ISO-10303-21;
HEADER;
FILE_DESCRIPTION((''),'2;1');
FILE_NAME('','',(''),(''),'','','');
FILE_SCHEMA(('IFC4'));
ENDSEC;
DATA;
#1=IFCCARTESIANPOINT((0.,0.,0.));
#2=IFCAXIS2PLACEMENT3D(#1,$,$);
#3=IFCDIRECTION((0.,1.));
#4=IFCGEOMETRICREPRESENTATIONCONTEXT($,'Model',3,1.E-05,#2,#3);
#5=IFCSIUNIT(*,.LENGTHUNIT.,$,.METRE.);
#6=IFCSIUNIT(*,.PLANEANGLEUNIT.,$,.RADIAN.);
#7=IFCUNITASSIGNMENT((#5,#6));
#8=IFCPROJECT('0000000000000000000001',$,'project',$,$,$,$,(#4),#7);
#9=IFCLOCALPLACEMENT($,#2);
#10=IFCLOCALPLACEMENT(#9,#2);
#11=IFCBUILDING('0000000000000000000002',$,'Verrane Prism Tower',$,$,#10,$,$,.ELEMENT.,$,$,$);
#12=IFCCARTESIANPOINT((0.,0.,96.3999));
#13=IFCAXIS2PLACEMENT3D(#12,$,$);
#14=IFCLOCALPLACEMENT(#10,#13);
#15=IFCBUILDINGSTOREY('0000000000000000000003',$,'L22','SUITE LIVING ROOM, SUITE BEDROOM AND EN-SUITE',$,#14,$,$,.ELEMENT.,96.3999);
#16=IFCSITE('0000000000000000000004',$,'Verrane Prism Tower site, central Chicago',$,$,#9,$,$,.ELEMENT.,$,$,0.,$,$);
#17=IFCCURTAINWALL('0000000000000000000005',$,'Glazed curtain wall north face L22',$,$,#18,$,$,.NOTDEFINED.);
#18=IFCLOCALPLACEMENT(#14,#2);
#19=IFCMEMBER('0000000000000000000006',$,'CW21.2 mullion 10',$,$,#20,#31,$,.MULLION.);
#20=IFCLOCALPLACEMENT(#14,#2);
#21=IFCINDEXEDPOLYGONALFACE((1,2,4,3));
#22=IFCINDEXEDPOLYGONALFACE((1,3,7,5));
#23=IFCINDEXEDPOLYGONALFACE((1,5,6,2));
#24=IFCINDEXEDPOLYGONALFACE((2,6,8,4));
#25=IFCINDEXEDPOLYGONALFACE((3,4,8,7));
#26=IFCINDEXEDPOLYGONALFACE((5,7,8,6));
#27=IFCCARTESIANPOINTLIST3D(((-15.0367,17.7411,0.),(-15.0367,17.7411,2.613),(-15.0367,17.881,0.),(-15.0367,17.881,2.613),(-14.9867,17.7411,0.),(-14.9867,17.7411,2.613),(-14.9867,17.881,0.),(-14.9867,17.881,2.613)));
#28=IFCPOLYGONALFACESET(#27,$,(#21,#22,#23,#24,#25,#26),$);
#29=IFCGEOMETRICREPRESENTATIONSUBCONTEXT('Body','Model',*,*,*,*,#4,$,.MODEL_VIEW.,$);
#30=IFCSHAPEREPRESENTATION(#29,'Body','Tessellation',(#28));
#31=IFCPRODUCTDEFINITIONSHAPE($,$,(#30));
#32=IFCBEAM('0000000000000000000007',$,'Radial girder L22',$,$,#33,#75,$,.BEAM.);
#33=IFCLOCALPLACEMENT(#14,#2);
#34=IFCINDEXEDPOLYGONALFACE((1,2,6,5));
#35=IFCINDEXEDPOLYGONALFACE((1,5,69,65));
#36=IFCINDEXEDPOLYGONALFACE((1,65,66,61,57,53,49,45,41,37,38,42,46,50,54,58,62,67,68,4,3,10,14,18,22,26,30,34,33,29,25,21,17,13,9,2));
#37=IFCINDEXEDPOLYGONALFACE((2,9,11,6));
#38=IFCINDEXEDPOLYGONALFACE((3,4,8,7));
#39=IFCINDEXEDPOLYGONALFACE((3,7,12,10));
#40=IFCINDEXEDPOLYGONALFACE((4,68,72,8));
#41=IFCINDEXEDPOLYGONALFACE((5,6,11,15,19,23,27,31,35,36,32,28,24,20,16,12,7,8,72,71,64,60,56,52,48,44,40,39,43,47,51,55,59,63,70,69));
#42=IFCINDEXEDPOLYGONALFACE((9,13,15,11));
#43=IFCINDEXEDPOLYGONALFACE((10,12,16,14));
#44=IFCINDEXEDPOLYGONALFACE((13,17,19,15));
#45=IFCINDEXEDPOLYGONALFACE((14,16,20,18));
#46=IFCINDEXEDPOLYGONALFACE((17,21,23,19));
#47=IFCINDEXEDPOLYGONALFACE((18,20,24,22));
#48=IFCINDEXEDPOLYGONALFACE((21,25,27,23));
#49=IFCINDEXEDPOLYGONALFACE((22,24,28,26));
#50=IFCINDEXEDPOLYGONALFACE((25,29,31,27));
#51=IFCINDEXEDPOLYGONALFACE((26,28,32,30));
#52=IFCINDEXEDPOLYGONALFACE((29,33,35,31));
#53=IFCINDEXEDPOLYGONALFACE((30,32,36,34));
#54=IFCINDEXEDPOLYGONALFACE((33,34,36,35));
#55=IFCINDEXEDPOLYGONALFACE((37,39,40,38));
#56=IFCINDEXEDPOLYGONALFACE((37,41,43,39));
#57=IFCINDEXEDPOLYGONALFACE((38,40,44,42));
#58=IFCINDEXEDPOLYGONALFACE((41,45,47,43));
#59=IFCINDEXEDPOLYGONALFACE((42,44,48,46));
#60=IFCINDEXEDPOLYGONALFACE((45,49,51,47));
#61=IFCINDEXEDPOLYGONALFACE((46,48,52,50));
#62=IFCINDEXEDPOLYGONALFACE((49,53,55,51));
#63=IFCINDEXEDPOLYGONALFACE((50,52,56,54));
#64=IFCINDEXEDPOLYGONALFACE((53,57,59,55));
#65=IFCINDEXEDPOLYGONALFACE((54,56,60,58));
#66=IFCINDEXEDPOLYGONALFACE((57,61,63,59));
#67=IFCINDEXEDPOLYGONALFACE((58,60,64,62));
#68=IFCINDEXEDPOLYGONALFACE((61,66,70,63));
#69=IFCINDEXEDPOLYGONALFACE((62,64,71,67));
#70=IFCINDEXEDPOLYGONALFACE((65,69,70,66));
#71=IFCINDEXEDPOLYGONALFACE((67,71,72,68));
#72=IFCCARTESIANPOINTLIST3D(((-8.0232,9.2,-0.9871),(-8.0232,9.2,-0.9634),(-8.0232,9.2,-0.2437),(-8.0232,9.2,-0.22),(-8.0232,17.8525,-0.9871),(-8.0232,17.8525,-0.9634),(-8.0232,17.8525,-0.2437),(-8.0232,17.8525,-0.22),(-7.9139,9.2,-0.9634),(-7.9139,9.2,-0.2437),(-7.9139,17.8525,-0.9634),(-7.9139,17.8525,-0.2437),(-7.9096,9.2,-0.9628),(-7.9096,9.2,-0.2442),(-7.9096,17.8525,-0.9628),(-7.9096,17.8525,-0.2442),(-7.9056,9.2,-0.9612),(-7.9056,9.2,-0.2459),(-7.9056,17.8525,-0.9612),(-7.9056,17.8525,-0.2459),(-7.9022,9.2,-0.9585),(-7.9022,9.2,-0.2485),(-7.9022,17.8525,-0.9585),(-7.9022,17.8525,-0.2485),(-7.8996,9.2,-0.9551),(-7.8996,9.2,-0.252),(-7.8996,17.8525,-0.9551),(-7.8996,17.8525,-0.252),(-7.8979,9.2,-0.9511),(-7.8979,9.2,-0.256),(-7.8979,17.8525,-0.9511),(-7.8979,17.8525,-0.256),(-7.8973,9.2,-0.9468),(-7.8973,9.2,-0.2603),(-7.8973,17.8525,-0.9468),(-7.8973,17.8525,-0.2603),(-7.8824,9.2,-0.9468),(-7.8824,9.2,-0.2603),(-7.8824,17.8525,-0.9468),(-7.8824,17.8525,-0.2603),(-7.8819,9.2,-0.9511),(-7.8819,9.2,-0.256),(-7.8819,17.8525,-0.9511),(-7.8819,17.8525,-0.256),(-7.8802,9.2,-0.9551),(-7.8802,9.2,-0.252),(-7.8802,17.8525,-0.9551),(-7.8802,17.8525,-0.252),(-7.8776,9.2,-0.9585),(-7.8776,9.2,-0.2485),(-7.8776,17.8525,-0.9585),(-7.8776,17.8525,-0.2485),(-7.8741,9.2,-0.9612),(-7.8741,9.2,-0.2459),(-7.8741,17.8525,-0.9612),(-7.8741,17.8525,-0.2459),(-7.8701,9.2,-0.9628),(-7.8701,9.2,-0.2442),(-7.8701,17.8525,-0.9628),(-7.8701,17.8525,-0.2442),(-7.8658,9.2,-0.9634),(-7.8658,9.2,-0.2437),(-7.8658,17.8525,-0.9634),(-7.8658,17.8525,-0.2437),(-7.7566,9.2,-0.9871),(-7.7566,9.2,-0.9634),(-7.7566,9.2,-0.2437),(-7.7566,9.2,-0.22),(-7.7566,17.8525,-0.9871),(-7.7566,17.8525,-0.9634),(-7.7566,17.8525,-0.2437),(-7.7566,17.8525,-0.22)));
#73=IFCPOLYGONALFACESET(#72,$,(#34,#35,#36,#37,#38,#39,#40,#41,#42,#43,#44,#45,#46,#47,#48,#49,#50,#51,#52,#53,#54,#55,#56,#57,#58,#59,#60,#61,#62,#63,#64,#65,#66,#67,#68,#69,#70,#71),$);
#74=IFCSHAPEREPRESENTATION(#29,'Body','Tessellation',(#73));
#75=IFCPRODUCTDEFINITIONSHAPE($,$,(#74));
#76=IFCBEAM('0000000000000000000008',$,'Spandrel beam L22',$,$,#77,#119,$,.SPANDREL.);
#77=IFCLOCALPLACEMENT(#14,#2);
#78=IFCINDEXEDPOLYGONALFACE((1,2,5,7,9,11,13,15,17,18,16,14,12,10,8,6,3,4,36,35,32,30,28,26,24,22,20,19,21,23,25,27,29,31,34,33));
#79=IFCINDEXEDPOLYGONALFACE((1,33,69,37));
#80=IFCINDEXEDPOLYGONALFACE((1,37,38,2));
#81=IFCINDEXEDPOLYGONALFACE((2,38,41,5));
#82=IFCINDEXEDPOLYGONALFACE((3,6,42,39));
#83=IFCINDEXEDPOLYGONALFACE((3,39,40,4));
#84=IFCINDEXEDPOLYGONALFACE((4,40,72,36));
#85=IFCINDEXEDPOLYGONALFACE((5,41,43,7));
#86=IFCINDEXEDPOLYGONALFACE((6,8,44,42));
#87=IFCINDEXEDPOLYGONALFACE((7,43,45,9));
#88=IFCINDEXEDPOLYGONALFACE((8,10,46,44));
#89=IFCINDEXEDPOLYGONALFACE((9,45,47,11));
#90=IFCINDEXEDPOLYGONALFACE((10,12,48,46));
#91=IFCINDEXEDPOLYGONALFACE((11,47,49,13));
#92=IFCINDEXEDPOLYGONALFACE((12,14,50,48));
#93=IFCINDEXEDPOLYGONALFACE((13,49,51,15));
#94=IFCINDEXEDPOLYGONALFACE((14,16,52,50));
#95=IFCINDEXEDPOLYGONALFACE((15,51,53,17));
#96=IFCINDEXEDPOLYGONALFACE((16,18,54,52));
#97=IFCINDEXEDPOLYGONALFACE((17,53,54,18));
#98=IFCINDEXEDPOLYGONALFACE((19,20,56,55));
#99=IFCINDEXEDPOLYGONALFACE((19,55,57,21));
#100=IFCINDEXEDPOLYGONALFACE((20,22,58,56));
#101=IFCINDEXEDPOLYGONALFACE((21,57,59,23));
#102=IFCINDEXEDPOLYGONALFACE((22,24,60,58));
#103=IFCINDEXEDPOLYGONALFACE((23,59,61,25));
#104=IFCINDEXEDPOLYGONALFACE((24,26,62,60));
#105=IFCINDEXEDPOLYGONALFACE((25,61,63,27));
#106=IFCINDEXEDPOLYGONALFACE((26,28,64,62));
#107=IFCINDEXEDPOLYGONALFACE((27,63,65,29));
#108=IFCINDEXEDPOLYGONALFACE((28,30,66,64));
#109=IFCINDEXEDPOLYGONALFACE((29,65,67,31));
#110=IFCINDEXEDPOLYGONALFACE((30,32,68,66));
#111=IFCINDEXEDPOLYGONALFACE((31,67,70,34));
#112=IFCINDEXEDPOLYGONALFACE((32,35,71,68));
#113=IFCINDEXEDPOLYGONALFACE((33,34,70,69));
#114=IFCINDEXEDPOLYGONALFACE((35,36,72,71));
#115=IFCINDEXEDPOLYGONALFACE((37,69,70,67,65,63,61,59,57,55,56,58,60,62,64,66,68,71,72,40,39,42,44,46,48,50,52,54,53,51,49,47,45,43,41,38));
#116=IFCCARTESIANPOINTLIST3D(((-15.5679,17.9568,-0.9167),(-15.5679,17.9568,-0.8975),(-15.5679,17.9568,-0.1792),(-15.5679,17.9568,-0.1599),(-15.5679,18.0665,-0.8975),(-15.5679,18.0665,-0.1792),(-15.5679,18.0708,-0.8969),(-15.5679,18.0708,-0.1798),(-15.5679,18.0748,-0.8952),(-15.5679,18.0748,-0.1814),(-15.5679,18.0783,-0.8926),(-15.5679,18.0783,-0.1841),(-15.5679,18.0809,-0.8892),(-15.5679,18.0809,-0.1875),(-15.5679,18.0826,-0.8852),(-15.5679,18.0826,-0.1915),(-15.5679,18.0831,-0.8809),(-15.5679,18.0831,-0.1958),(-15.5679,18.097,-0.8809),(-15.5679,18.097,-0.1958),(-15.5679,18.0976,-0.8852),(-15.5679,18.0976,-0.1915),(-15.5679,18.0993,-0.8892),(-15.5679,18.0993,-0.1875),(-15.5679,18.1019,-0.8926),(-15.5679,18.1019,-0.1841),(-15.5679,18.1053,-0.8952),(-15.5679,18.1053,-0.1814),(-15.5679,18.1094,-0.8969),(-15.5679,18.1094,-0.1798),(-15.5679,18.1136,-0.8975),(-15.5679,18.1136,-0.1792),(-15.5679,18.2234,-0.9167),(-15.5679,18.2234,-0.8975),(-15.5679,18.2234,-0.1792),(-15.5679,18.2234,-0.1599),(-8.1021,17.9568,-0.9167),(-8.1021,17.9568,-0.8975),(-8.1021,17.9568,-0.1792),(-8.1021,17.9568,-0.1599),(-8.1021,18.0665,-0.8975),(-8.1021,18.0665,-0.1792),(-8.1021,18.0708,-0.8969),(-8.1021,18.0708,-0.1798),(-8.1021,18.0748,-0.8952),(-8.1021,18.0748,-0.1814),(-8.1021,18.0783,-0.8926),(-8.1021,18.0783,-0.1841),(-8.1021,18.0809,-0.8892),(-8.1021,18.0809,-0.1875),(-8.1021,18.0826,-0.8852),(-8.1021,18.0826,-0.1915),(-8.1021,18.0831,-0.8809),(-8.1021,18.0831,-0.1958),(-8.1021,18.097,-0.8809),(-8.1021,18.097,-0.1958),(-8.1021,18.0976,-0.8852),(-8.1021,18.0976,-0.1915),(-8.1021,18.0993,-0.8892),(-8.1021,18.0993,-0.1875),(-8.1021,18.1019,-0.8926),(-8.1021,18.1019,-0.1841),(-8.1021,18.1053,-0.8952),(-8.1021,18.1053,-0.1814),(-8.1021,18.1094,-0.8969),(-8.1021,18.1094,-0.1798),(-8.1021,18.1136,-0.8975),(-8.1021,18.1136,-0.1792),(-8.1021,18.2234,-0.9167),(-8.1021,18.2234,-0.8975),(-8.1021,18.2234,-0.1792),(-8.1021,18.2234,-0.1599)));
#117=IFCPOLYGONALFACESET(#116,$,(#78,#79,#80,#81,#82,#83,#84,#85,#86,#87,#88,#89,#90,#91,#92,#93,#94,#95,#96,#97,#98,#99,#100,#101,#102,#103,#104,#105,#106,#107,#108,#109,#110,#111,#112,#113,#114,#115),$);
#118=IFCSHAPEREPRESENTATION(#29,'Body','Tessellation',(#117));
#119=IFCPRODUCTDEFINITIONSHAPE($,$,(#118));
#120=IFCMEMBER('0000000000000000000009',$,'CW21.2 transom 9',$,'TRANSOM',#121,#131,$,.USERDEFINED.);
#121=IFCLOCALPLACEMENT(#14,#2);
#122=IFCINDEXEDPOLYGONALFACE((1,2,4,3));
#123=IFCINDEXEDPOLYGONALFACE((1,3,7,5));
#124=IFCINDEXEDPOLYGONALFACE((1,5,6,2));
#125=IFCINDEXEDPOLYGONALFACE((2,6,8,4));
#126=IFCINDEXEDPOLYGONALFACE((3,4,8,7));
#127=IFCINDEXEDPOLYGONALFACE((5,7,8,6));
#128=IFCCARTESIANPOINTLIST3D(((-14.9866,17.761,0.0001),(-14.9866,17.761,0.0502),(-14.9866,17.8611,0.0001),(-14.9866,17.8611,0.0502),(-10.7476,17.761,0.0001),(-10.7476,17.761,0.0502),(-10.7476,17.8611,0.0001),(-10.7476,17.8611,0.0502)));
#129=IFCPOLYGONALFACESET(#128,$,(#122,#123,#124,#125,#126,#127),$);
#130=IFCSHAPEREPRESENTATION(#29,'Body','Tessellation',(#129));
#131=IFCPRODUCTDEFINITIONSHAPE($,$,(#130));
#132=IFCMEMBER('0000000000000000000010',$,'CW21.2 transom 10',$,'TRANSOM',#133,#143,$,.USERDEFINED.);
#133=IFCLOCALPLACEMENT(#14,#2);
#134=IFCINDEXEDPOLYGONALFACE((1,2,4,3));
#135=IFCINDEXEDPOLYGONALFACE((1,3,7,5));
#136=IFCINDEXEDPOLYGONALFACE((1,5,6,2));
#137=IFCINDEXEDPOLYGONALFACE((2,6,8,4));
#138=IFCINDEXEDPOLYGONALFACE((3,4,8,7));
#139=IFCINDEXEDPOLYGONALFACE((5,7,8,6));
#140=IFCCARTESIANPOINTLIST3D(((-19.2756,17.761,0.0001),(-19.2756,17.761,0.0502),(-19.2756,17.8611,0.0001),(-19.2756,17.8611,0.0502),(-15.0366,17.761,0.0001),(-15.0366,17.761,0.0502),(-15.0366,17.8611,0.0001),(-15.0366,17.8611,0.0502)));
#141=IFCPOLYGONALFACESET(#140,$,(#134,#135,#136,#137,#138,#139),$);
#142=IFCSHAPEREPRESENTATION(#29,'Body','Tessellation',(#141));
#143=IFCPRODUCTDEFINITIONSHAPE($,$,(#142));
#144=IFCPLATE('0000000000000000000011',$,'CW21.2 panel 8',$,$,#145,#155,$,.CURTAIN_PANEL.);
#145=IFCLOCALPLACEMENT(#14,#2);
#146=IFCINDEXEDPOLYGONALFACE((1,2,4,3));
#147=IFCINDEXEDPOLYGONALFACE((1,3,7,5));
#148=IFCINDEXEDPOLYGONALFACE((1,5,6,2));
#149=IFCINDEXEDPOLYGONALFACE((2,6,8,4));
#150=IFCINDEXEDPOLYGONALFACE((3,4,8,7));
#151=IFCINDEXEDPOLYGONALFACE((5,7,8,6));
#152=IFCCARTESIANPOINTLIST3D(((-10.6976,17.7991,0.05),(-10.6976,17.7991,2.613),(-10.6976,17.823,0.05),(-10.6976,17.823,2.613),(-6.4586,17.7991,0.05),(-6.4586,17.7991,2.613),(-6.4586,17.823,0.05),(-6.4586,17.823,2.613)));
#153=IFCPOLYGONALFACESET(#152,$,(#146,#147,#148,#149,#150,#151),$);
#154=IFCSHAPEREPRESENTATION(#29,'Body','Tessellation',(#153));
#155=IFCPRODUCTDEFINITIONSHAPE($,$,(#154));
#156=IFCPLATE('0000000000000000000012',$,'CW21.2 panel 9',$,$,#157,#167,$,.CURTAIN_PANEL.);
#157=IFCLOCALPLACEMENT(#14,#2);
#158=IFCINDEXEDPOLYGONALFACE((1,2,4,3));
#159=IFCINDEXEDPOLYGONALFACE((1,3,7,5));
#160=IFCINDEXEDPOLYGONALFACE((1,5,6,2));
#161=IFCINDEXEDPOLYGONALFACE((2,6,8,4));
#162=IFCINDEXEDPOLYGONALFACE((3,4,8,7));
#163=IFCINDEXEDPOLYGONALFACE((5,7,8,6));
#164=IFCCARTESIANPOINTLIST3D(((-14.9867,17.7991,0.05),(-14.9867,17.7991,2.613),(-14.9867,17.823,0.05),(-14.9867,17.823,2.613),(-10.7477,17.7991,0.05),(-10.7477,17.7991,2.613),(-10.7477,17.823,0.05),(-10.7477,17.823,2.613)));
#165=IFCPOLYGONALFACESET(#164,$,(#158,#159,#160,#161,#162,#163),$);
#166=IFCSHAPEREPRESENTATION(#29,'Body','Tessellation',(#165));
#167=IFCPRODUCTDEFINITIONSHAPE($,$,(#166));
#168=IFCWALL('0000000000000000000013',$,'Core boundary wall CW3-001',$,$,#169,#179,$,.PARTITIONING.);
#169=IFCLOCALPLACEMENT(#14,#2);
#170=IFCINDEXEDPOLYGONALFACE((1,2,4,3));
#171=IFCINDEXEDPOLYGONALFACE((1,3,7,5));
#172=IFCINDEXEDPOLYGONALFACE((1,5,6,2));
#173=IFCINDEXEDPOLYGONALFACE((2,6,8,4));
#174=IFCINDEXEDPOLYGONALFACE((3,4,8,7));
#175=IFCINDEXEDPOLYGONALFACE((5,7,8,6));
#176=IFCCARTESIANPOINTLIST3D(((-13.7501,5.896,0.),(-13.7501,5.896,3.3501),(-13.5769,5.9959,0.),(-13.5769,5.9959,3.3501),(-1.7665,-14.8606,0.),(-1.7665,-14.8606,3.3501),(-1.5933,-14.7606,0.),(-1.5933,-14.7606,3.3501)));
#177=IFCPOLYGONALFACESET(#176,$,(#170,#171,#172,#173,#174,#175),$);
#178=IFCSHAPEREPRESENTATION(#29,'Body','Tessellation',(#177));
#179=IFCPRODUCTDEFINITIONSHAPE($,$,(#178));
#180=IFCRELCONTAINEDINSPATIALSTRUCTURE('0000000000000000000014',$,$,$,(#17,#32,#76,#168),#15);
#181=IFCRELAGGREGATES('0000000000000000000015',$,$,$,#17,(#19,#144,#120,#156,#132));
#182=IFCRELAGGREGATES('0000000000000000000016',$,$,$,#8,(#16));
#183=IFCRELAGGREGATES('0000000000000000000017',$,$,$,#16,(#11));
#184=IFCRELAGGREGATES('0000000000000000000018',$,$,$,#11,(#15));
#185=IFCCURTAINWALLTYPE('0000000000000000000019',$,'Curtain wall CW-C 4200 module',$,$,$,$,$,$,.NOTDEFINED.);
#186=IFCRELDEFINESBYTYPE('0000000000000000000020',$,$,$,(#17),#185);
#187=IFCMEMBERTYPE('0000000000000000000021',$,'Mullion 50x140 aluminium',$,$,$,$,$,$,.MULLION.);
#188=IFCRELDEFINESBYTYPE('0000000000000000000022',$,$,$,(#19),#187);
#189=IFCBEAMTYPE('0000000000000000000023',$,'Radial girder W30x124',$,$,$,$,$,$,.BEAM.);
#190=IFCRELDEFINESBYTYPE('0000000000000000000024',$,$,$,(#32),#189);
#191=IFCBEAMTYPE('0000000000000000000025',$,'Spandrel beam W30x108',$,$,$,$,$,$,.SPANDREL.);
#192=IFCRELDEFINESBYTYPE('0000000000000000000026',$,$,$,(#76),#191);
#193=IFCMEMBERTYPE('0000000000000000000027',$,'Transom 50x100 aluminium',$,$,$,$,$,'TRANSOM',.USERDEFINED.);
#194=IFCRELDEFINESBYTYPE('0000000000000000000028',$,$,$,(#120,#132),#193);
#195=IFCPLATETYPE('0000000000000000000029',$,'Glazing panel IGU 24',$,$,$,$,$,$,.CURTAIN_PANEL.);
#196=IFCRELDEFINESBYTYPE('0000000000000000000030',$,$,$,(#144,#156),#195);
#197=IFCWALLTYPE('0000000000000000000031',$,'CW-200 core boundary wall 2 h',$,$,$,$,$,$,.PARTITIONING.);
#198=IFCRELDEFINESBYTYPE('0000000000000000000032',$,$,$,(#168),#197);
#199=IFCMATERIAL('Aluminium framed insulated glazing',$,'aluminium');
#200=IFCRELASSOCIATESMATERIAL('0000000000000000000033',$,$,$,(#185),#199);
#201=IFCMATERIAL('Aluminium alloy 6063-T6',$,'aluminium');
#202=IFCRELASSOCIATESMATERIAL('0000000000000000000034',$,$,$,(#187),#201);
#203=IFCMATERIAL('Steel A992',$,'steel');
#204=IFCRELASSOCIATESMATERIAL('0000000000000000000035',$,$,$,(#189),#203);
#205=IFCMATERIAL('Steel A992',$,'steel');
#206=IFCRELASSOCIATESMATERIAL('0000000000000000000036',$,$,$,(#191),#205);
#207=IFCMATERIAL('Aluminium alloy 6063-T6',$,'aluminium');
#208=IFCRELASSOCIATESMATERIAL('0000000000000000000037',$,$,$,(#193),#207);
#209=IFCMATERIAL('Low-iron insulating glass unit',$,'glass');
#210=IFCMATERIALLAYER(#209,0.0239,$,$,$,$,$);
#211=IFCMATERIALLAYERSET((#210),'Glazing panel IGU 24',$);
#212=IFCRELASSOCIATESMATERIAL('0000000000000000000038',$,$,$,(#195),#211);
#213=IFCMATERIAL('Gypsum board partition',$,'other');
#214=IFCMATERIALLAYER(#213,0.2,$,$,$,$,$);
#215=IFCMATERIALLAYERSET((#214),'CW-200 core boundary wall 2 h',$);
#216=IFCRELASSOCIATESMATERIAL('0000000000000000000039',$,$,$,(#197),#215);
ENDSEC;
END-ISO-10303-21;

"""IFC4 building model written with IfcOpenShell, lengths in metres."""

from ifc_helpers import new_model, si_unit, direction, frame, frame_2d, origin, origin_2d, place, context, subcontext, project, spatial, rectangle, i_section, extrude, material, layer, layer_set, material_profile, profile_set, type_object, element, aggregate, save


model = new_model("IFC4")

# Units and contexts
model_context = context("Model", 3, precision=1e-05, world=origin(), true_north=direction((0.0, 1.0)))
body_context = subcontext(model_context, "Body", "Model", "MODEL_VIEW")
ifc_project = project(units=[si_unit("LENGTHUNIT", "METRE"), si_unit("PLANEANGLEUNIT", "RADIAN")], contexts=[model_context])

# Site, building, storey
site_placement = place(None, origin())
site = spatial("IfcSite", under=ifc_project, at=site_placement, Name="Verrane Prism Tower site, central Chicago", CompositionType="ELEMENT", RefElevation=0.0)
building_placement = place(site_placement, origin())
building = spatial("IfcBuilding", under=site, at=building_placement, Name="Verrane Prism Tower", CompositionType="ELEMENT")
storey_placement = place(building_placement, frame((0.0, 0.0, 96.3999)))
storey = spatial("IfcBuildingStorey", under=building, at=storey_placement, Name="L22", Description="SUITE LIVING ROOM, SUITE BEDROOM AND EN-SUITE", CompositionType="ELEMENT", Elevation=96.3999)

# Curtain wall, member
ifc_material_1 = material(Name="Aluminium framed insulated glazing", Category="aluminium")
curtain_wall_type = type_object("IfcCurtainWallType", Name="Curtain wall CW-C 4200 module", PredefinedType="NOTDEFINED", material=ifc_material_1)
curtain_wall_placement = place(storey_placement, origin())
curtain_wall = element("IfcCurtainWall", 1, at=curtain_wall_placement, inside=storey, type_object=curtain_wall_type, Name="Glazed curtain wall north face L22", PredefinedType="NOTDEFINED")
ifc_material_2 = material(Name="Aluminium alloy 6063-T6", Category="aluminium")
ifc_material_profile_1 = material_profile(ifc_material_2, rectangle(XDim=0.1399, YDim=0.05, at=origin_2d()), Name="Mullion 50x140 aluminium")
ifc_profile_set_1 = profile_set([ifc_material_profile_1], Name="Aluminium alloy 6063-T6")
member_type_1 = type_object("IfcMemberType", Name="Mullion 50x140 aluminium", PredefinedType="MULLION", material=ifc_profile_set_1)
member_1_placement = place(storey_placement, frame((-15.0117, 17.811, 0.0), z_axis=(0.0, 0.0, 1.0), x_axis=(0.0, -1.0, 0.0)))
member_1 = element("IfcMember", 2, at=member_1_placement, type_object=member_type_1, Name="CW21.2 mullion 10", PredefinedType="MULLION", context=body_context, shape_type="SweptSolid", body=[
    extrude(rectangle(XDim=0.1399, YDim=0.05, at=origin_2d()), origin(), (0.0, 0.0, 1.0), 2.613),
])

# Beams
ifc_material_3 = material(Name="Steel A992", Category="steel")
ifc_material_profile_2 = material_profile(ifc_material_3, i_section(OverallWidth=0.2666, OverallDepth=0.7671, WebThickness=0.0149, FlangeThickness=0.0237, FilletRadius=0.0166, at=origin_2d()), Name="W30x124")
ifc_profile_set_2 = profile_set([ifc_material_profile_2], Name="Steel A992")
beam_type_1 = type_object("IfcBeamType", Name="Radial girder W30x124", PredefinedType="BEAM", material=ifc_profile_set_2)
beam_1_placement = place(storey_placement, frame((-7.8899, 17.8525, -0.6035), z_axis=(0.0, -1.0, 0.0), x_axis=(1.0, 0.0, 0.0)))
element("IfcBeam", 3, at=beam_1_placement, inside=storey, type_object=beam_type_1, Name="Radial girder L22", PredefinedType="BEAM", context=body_context, shape_type="SweptSolid", body=[
    extrude(i_section(OverallWidth=0.2666, OverallDepth=0.7671, WebThickness=0.0149, FlangeThickness=0.0237, FilletRadius=0.0166, at=origin_2d()), origin(), (0.0, 0.0, 1.0), 8.6526),
])
ifc_material_4 = material(Name="Steel A992", Category="steel")
ifc_material_profile_3 = material_profile(ifc_material_4, i_section(OverallWidth=0.2666, OverallDepth=0.7568, WebThickness=0.0139, FlangeThickness=0.0193, FilletRadius=0.0166, at=origin_2d()), Name="W30x108")
ifc_profile_set_3 = profile_set([ifc_material_profile_3], Name="Steel A992")
beam_type_2 = type_object("IfcBeamType", Name="Spandrel beam W30x108", PredefinedType="SPANDREL", material=ifc_profile_set_3)
beam_2_placement = place(storey_placement, frame((-8.1021, 18.0901, -0.5383), z_axis=(-1.0, 0.0, 0.0), x_axis=(0.0, -1.0, 0.0)))
element("IfcBeam", 4, at=beam_2_placement, inside=storey, type_object=beam_type_2, Name="Spandrel beam L22", PredefinedType="SPANDREL", context=body_context, shape_type="SweptSolid", body=[
    extrude(i_section(OverallWidth=0.2666, OverallDepth=0.7568, WebThickness=0.0139, FlangeThickness=0.0193, FilletRadius=0.0166, at=origin_2d()), origin(), (0.0, 0.0, 1.0), 7.4658),
])

# Members
ifc_material_5 = material(Name="Aluminium alloy 6063-T6", Category="aluminium")
ifc_material_profile_4 = material_profile(ifc_material_5, rectangle(XDim=0.1001, YDim=0.05, at=origin_2d()), Name="Transom 50x100 aluminium")
ifc_profile_set_4 = profile_set([ifc_material_profile_4], Name="Aluminium alloy 6063-T6")
member_type_2 = type_object("IfcMemberType", Name="Transom 50x100 aluminium", ElementType="TRANSOM", PredefinedType="USERDEFINED", material=ifc_profile_set_4)
member_2_placement = place(storey_placement, frame((-10.7476, 17.811, 0.0251), z_axis=(-1.0, 0.0, 0.0), x_axis=(0.0, -1.0, 0.0)))
member_2 = element("IfcMember", 5, at=member_2_placement, type_object=member_type_2, Name="CW21.2 transom 9", ObjectType="TRANSOM", PredefinedType="USERDEFINED", context=body_context, shape_type="SweptSolid", body=[
    extrude(rectangle(XDim=0.1001, YDim=0.05, at=origin_2d()), origin(), (0.0, 0.0, 1.0), 4.239),
])
member_3_placement = place(storey_placement, frame((-15.0366, 17.811, 0.0251), z_axis=(-1.0, 0.0, 0.0), x_axis=(0.0, -1.0, 0.0)))
member_3 = element("IfcMember", 6, at=member_3_placement, type_object=member_type_2, Name="CW21.2 transom 10", ObjectType="TRANSOM", PredefinedType="USERDEFINED", context=body_context, shape_type="SweptSolid", body=[
    extrude(rectangle(XDim=0.1001, YDim=0.05, at=origin_2d()), origin(), (0.0, 0.0, 1.0), 4.239),
])

# Plates
ifc_material_6 = material(Name="Low-iron insulating glass unit", Category="glass")
ifc_layer_1 = layer(ifc_material_6, 0.0239)
ifc_layer_set_1 = layer_set([ifc_layer_1], Name="Glazing panel IGU 24")
plate_type = type_object("IfcPlateType", Name="Glazing panel IGU 24", PredefinedType="CURTAIN_PANEL", material=ifc_layer_set_1)
plate_1_placement = place(storey_placement, frame((-8.5781, 17.811, 0.05), z_axis=(0.0, 0.0, 1.0), x_axis=(-1.0, 0.0, 0.0)))
plate_1 = element("IfcPlate", 7, at=plate_1_placement, type_object=plate_type, Name="CW21.2 panel 8", PredefinedType="CURTAIN_PANEL", context=body_context, shape_type="SweptSolid", body=[
    extrude(rectangle(XDim=4.239, YDim=0.0239, at=origin_2d()), origin(), (0.0, 0.0, 1.0), 2.563),
])
plate_2_placement = place(storey_placement, frame((-12.8672, 17.811, 0.05), z_axis=(0.0, 0.0, 1.0), x_axis=(-1.0, 0.0, 0.0)))
plate_2 = element("IfcPlate", 8, at=plate_2_placement, type_object=plate_type, Name="CW21.2 panel 9", PredefinedType="CURTAIN_PANEL", context=body_context, shape_type="SweptSolid", body=[
    extrude(rectangle(XDim=4.239, YDim=0.0239, at=origin_2d()), origin(), (0.0, 0.0, 1.0), 2.563),
])
aggregate(curtain_wall, [member_1, plate_1, member_2, plate_2, member_3])

# Wall
ifc_material_7 = material(Name="Gypsum board partition", Category="other")
ifc_layer_2 = layer(ifc_material_7, 0.2)
ifc_layer_set_2 = layer_set([ifc_layer_2], Name="CW-200 core boundary wall 2 h")
wall_type_1 = type_object("IfcWallType", Name="CW-200 core boundary wall 2 h", PredefinedType="PARTITIONING", material=ifc_layer_set_2)
wall_1_placement = place(storey_placement, frame((-13.6636, 5.946, 0.0), z_axis=(0.0, 0.0, 1.0), x_axis=(0.499994, -0.866029, 0.0)))
element("IfcWall", 9, at=wall_1_placement, inside=storey, type_object=wall_type_1, Name="Core boundary wall CW3-001", PredefinedType="PARTITIONING", context=body_context, shape_type="SweptSolid", body=[
    extrude(rectangle(XDim=23.9675, YDim=0.2, at=frame_2d((11.9839, 0.0))), origin(), (0.0, 0.0, 1.0), 3.3501),
])

save(model, "model.ifc")
